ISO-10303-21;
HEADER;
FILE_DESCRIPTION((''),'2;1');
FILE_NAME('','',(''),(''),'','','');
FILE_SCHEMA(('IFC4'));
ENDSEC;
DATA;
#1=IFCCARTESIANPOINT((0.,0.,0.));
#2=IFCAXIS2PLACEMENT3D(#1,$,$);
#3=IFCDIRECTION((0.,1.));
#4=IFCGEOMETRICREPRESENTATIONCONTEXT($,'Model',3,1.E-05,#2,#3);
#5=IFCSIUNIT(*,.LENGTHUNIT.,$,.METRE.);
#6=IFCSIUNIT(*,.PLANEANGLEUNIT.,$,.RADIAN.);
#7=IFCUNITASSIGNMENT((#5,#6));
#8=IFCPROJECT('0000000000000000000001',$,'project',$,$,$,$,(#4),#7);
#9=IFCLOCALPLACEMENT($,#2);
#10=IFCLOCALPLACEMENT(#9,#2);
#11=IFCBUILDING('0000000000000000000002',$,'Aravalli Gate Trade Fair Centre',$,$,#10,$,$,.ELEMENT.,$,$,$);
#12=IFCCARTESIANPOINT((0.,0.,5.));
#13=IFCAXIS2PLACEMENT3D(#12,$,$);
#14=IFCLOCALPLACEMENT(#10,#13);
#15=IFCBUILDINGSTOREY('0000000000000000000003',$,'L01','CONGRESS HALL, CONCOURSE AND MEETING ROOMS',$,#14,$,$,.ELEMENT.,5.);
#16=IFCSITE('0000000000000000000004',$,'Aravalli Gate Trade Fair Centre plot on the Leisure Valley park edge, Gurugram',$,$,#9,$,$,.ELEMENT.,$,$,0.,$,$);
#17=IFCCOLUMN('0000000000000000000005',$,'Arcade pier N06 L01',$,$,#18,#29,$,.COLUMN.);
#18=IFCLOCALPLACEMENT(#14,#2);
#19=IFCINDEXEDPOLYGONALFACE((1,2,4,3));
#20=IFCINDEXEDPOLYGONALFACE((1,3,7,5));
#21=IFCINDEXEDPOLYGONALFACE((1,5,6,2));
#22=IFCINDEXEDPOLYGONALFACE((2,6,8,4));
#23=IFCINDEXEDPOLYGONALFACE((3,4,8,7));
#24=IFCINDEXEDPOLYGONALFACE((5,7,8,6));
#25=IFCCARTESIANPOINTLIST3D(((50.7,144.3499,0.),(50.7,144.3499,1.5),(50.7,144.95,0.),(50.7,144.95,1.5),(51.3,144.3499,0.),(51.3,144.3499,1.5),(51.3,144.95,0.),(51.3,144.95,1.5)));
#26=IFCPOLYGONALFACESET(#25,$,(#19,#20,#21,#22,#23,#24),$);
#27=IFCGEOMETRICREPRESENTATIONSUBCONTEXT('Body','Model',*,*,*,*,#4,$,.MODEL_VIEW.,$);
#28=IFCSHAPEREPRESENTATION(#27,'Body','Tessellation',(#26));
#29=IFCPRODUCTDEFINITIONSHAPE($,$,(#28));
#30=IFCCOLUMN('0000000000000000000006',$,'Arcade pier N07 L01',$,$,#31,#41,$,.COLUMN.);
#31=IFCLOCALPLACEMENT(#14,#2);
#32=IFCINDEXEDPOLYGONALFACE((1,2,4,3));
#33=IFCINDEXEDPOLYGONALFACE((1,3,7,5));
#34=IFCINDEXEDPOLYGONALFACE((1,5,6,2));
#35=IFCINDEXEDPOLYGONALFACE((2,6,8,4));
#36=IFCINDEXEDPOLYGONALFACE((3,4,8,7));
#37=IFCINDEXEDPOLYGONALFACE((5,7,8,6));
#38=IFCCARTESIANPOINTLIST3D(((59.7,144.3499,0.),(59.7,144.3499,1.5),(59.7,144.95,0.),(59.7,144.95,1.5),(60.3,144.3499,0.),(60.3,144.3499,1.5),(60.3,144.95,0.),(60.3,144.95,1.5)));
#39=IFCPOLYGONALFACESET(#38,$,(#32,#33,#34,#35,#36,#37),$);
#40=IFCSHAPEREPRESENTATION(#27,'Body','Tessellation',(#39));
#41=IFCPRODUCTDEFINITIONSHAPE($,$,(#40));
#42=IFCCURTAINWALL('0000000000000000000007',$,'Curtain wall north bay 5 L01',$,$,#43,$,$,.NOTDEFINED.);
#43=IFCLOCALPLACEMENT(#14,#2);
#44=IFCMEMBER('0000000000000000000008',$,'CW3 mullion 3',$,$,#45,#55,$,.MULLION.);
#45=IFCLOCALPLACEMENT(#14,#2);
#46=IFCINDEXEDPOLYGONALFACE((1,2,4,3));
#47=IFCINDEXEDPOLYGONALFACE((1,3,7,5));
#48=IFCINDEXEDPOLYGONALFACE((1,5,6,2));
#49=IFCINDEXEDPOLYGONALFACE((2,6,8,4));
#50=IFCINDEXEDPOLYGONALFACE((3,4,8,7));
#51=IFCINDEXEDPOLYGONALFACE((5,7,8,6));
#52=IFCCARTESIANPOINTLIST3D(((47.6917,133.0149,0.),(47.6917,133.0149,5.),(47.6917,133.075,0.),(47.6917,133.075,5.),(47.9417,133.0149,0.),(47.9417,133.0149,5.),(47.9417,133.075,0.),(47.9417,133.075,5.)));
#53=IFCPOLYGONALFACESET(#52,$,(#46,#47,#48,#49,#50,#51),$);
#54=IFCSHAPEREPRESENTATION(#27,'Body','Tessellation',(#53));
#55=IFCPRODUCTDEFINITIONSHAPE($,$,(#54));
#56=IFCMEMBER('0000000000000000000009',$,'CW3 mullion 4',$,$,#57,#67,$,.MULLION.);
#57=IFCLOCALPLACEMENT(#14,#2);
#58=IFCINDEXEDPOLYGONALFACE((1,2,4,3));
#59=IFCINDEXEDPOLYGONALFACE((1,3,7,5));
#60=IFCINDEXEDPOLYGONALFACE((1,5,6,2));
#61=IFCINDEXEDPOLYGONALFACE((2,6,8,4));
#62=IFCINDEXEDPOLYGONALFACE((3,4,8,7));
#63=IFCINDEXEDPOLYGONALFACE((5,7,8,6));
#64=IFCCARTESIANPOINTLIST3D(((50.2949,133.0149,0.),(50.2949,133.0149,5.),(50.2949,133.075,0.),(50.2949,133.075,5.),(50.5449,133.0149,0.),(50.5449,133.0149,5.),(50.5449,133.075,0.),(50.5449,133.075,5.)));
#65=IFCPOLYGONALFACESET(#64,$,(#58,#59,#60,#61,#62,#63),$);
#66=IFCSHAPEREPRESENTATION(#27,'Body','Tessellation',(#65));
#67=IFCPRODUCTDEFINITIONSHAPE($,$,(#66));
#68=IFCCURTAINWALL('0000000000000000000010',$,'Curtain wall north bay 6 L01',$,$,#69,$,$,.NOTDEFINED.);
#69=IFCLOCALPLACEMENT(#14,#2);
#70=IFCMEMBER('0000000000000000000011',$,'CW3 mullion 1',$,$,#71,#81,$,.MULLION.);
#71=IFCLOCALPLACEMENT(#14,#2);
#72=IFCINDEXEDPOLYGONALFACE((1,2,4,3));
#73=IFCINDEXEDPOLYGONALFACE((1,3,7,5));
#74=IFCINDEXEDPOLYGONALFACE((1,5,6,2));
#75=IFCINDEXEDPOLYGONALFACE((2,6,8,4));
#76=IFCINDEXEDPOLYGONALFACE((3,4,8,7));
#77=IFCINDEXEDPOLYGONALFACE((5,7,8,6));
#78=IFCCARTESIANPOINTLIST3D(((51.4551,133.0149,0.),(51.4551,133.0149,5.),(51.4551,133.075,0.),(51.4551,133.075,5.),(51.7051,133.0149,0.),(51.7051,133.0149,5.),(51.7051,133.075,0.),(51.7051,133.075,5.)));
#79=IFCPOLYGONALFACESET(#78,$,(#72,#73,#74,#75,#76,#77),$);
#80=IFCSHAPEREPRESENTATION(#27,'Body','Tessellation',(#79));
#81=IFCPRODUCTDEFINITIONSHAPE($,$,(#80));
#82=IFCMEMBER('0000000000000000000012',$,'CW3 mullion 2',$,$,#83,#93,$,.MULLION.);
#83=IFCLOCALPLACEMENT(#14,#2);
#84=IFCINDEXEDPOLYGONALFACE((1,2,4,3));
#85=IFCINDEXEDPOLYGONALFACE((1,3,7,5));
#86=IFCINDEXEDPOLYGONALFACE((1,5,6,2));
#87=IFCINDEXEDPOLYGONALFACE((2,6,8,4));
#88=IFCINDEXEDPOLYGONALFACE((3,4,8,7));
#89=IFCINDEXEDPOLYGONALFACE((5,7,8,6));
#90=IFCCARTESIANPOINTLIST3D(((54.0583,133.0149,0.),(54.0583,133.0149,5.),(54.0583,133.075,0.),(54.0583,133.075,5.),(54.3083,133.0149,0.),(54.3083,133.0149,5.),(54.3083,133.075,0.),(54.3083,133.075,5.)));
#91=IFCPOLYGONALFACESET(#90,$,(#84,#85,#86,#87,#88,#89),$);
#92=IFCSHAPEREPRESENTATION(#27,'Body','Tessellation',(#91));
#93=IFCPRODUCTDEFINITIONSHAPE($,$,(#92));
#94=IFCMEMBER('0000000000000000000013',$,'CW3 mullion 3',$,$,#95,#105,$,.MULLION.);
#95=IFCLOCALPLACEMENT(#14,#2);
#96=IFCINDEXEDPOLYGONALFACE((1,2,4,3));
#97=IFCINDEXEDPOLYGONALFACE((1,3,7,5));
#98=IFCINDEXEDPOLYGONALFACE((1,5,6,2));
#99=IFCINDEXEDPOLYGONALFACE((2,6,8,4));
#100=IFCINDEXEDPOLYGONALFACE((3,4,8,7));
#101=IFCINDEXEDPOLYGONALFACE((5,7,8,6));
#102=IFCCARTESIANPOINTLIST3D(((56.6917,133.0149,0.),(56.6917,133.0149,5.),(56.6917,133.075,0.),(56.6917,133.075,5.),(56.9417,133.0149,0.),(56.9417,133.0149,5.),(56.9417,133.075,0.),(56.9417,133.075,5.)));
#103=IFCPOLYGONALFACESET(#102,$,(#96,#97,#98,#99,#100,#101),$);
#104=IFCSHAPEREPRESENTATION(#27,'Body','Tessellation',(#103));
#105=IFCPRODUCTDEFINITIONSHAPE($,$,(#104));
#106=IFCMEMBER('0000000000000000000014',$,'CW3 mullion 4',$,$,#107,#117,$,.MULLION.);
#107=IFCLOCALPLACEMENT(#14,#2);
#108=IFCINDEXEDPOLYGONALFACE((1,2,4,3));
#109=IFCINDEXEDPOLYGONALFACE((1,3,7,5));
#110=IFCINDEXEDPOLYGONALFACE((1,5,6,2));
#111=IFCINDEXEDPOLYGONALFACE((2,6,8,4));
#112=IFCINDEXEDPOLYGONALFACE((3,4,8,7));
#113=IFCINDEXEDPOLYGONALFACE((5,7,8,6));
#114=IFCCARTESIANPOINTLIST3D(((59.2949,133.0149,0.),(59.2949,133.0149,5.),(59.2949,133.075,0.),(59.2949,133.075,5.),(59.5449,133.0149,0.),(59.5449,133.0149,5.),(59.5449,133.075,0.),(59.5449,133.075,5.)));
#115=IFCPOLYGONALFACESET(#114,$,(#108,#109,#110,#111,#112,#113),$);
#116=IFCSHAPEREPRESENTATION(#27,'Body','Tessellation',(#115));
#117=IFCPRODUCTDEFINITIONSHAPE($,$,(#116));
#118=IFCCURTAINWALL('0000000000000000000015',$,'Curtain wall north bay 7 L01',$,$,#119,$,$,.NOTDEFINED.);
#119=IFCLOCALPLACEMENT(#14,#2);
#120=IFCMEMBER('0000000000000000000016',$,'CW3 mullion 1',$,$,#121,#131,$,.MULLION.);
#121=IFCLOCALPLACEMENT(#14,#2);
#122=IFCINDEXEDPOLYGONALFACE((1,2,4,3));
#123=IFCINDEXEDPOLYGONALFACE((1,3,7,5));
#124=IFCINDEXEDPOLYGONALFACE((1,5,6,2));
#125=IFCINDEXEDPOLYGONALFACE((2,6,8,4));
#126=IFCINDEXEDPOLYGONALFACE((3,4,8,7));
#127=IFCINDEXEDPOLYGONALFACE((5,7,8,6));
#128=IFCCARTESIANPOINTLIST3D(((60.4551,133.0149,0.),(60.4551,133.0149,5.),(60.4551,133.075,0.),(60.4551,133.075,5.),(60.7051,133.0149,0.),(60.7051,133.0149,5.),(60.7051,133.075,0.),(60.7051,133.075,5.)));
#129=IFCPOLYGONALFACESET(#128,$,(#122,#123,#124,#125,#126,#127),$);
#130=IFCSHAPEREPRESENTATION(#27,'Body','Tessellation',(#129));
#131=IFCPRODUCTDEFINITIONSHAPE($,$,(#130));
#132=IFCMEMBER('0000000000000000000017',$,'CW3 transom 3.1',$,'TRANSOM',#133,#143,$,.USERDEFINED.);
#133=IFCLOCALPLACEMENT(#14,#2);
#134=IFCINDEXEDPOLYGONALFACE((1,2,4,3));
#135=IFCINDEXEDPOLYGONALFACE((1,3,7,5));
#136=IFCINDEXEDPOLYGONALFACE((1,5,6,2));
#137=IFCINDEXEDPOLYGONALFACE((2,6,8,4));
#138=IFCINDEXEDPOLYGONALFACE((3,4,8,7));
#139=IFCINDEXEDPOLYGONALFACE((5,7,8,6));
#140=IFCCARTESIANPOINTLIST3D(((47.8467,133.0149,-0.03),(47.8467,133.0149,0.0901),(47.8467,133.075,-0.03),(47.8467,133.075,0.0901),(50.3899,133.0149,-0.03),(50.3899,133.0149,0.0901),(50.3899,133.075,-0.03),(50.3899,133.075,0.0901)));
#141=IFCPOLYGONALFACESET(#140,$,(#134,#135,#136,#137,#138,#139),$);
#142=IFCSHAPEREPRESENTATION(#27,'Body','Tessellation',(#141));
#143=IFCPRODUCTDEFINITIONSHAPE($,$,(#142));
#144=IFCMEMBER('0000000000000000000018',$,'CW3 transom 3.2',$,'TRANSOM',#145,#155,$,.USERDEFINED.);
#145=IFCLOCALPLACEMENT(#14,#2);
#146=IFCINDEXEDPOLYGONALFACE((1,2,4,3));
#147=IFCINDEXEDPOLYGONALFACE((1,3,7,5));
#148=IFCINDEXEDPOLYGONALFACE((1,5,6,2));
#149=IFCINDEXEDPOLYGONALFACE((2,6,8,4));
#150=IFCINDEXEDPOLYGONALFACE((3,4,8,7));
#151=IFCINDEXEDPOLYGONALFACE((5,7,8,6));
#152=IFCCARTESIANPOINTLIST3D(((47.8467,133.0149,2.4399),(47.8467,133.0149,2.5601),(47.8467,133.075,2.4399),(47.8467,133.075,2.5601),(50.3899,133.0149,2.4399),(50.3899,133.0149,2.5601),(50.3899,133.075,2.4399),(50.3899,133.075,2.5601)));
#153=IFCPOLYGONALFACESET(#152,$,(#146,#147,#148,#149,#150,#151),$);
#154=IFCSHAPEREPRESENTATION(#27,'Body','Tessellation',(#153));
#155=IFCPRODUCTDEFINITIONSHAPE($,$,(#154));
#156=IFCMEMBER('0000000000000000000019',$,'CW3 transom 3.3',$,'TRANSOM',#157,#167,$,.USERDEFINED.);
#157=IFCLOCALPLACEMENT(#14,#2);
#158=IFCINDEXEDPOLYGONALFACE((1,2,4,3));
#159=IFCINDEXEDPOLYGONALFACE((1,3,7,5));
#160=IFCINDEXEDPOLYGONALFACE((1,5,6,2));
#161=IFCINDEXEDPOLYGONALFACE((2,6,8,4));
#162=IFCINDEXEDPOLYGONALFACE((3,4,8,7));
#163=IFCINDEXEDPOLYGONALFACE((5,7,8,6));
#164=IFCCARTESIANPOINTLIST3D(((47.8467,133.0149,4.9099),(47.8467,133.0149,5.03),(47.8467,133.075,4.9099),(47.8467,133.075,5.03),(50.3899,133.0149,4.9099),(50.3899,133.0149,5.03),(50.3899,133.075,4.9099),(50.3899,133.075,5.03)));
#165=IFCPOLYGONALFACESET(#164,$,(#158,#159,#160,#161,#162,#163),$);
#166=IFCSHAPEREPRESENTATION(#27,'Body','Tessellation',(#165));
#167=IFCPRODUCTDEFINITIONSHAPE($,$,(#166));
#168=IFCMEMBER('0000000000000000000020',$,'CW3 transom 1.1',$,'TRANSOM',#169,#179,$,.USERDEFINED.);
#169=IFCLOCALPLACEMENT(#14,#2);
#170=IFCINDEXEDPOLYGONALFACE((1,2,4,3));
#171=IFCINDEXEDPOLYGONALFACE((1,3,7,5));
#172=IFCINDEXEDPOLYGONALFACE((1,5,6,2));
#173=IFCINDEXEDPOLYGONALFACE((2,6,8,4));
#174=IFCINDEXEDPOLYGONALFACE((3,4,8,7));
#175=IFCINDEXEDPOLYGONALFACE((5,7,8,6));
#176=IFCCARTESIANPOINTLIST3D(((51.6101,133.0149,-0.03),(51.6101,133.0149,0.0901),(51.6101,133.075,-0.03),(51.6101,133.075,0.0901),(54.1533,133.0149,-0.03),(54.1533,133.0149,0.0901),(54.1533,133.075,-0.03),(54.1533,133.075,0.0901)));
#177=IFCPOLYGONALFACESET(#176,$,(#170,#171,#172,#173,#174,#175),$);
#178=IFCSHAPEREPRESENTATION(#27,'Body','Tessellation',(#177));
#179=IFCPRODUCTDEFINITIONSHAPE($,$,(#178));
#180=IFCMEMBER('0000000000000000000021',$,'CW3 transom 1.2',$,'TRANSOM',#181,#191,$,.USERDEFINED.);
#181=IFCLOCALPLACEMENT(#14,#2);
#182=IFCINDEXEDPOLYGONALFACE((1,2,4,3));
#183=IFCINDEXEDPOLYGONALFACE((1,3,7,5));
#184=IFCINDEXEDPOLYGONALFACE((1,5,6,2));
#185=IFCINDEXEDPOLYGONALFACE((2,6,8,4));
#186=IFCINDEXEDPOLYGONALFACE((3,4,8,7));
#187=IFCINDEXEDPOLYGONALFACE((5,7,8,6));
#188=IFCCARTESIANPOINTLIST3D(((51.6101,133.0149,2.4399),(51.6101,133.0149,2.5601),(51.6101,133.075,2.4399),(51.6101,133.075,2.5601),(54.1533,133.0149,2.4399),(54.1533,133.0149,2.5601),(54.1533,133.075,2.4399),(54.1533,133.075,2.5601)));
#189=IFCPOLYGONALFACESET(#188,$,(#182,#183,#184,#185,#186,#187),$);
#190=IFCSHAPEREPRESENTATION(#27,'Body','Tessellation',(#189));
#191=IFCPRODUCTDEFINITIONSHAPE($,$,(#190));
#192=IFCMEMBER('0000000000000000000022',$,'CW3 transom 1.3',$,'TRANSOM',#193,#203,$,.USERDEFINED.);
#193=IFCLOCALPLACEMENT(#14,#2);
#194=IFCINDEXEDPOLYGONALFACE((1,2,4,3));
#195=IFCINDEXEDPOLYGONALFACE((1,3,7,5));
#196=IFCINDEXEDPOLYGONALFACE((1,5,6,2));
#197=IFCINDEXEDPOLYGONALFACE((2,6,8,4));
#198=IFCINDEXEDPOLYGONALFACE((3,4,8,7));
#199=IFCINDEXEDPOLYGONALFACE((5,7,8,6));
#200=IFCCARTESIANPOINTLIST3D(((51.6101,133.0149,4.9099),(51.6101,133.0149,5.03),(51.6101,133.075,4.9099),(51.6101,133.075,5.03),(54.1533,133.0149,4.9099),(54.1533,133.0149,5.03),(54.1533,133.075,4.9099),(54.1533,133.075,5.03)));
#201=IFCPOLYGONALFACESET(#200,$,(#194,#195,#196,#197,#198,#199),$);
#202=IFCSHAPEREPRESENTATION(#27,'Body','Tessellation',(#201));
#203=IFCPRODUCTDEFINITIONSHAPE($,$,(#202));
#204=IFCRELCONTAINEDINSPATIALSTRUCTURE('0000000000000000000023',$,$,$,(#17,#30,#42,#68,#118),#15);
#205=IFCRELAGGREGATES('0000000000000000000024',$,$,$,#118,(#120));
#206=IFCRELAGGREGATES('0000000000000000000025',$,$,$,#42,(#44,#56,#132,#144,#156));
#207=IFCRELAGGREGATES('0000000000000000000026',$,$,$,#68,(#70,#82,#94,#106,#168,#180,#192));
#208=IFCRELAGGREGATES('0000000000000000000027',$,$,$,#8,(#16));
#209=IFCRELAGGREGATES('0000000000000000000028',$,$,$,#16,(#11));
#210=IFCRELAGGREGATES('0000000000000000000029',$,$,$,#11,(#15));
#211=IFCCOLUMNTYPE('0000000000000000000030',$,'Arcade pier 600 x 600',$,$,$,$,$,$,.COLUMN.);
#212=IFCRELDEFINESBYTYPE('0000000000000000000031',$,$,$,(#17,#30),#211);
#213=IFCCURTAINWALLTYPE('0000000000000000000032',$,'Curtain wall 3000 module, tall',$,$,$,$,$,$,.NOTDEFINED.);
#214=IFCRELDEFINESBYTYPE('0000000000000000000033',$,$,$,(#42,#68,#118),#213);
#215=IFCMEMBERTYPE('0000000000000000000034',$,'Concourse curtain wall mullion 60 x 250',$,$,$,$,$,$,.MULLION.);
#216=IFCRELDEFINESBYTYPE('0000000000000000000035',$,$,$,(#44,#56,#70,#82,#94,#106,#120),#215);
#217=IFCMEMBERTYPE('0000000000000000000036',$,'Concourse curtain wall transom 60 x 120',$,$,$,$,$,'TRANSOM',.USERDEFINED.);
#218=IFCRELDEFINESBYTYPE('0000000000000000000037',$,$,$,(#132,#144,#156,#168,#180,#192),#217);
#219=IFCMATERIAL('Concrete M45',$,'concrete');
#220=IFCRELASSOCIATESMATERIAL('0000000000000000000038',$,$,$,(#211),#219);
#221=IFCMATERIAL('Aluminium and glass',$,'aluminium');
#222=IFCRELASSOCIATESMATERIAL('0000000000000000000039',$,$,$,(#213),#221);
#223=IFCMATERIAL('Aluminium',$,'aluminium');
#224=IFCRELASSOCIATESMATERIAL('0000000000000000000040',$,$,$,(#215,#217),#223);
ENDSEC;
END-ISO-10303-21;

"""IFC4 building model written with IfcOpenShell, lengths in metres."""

from ifc_helpers import new_model, si_unit, direction, frame, origin, origin_2d, place, context, subcontext, project, spatial, rectangle, extrude, material, material_profile, profile_set, type_object, element, aggregate, save


model = new_model("IFC4")

# Units and contexts
model_context = context("Model", 3, precision=1e-05, world=origin(), true_north=direction((0.0, 1.0)))
body_context = subcontext(model_context, "Body", "Model", "MODEL_VIEW")
ifc_project = project(units=[si_unit("LENGTHUNIT", "METRE"), si_unit("PLANEANGLEUNIT", "RADIAN")], contexts=[model_context])

# Site, building, storey
site_placement = place(None, origin())
site = spatial("IfcSite", under=ifc_project, at=site_placement, Name="Aravalli Gate Trade Fair Centre plot on the Leisure Valley park edge, Gurugram", CompositionType="ELEMENT", RefElevation=0.0)
building_placement = place(site_placement, origin())
building = spatial("IfcBuilding", under=site, at=building_placement, Name="Aravalli Gate Trade Fair Centre", CompositionType="ELEMENT")
storey_placement = place(building_placement, frame((0.0, 0.0, 5.0)))
storey = spatial("IfcBuildingStorey", under=building, at=storey_placement, Name="L01", Description="CONGRESS HALL, CONCOURSE AND MEETING ROOMS", CompositionType="ELEMENT", Elevation=5.0)

# Columns
ifc_material_1 = material(Name="Concrete M45", Category="concrete")
ifc_material_profile_1 = material_profile(ifc_material_1, rectangle(XDim=0.6001, YDim=0.6001, at=origin_2d()), Name="Arcade pier 600 x 600")
ifc_profile_set_1 = profile_set([ifc_material_profile_1], Name="Concrete M45")
column_type = type_object("IfcColumnType", Name="Arcade pier 600 x 600", PredefinedType="COLUMN", material=ifc_profile_set_1)
for number, where, z_axis, x_axis, name in (
    (1, (51.0, 144.6499, 0.0), (0.0, 0.0, 1.0), (1.0, 0.0, 0.0), "Arcade pier N06 L01"),
    (2, (60.0, 144.6499, 0.0), (0.0, 0.0, 1.0), (1.0, 0.0, 0.0), "Arcade pier N07 L01"),
):
    element("IfcColumn", number, at=place(storey_placement, frame(where, z_axis=z_axis, x_axis=x_axis)), inside=storey, type_object=column_type, Name=name, PredefinedType="COLUMN", context=body_context, shape_type="SweptSolid", body=[
        extrude(rectangle(XDim=0.6001, YDim=0.6001, at=origin_2d()), origin(), (0.0, 0.0, 1.0), 1.5),
    ])

# Curtain walls, members
ifc_material_2 = material(Name="Aluminium and glass", Category="aluminium")
curtain_wall_type = type_object("IfcCurtainWallType", Name="Curtain wall 3000 module, tall", PredefinedType="NOTDEFINED", material=ifc_material_2)
curtain_wall_1_placement = place(storey_placement, origin())
curtain_wall_1 = element("IfcCurtainWall", 3, at=curtain_wall_1_placement, inside=storey, type_object=curtain_wall_type, Name="Curtain wall north bay 5 L01", PredefinedType="NOTDEFINED")
ifc_material_3 = material(Name="Aluminium", Category="aluminium")
ifc_material_profile_2 = material_profile(ifc_material_3, rectangle(XDim=0.0601, YDim=0.25, at=origin_2d()), Name="Concourse curtain wall mullion 60 x 250")
ifc_profile_set_2 = profile_set([ifc_material_profile_2], Name="Aluminium")
member_type_1 = type_object("IfcMemberType", Name="Concourse curtain wall mullion 60 x 250", PredefinedType="MULLION", material=ifc_profile_set_2)
member_1_placement = place(storey_placement, frame((47.8167, 133.0449, 0.0), z_axis=(0.0, 0.0, 1.0), x_axis=(0.0, 1.0, 0.0)))
member_1 = element("IfcMember", 4, at=member_1_placement, type_object=member_type_1, Name="CW3 mullion 3", PredefinedType="MULLION", context=body_context, shape_type="SweptSolid", body=[
    extrude(rectangle(XDim=0.0601, YDim=0.25, at=origin_2d()), origin(), (0.0, 0.0, 1.0), 5.0),
])
member_2_placement = place(storey_placement, frame((50.4199, 133.0449, 0.0), z_axis=(0.0, 0.0, 1.0), x_axis=(0.0, 1.0, 0.0)))
member_2 = element("IfcMember", 5, at=member_2_placement, type_object=member_type_1, Name="CW3 mullion 4", PredefinedType="MULLION", context=body_context, shape_type="SweptSolid", body=[
    extrude(rectangle(XDim=0.0601, YDim=0.25, at=origin_2d()), origin(), (0.0, 0.0, 1.0), 5.0),
])
curtain_wall_2_placement = place(storey_placement, origin())
curtain_wall_2 = element("IfcCurtainWall", 6, at=curtain_wall_2_placement, inside=storey, type_object=curtain_wall_type, Name="Curtain wall north bay 6 L01", PredefinedType="NOTDEFINED")
member_3_placement = place(storey_placement, frame((51.5801, 133.0449, 0.0), z_axis=(0.0, 0.0, 1.0), x_axis=(0.0, 1.0, 0.0)))
member_3 = element("IfcMember", 7, at=member_3_placement, type_object=member_type_1, Name="CW3 mullion 1", PredefinedType="MULLION", context=body_context, shape_type="SweptSolid", body=[
    extrude(rectangle(XDim=0.0601, YDim=0.25, at=origin_2d()), origin(), (0.0, 0.0, 1.0), 5.0),
])
member_4_placement = place(storey_placement, frame((54.1833, 133.0449, 0.0), z_axis=(0.0, 0.0, 1.0), x_axis=(0.0, 1.0, 0.0)))
member_4 = element("IfcMember", 8, at=member_4_placement, type_object=member_type_1, Name="CW3 mullion 2", PredefinedType="MULLION", context=body_context, shape_type="SweptSolid", body=[
    extrude(rectangle(XDim=0.0601, YDim=0.25, at=origin_2d()), origin(), (0.0, 0.0, 1.0), 5.0),
])
member_5_placement = place(storey_placement, frame((56.8167, 133.0449, 0.0), z_axis=(0.0, 0.0, 1.0), x_axis=(0.0, 1.0, 0.0)))
member_5 = element("IfcMember", 9, at=member_5_placement, type_object=member_type_1, Name="CW3 mullion 3", PredefinedType="MULLION", context=body_context, shape_type="SweptSolid", body=[
    extrude(rectangle(XDim=0.0601, YDim=0.25, at=origin_2d()), origin(), (0.0, 0.0, 1.0), 5.0),
])
member_6_placement = place(storey_placement, frame((59.4199, 133.0449, 0.0), z_axis=(0.0, 0.0, 1.0), x_axis=(0.0, 1.0, 0.0)))
member_6 = element("IfcMember", 10, at=member_6_placement, type_object=member_type_1, Name="CW3 mullion 4", PredefinedType="MULLION", context=body_context, shape_type="SweptSolid", body=[
    extrude(rectangle(XDim=0.0601, YDim=0.25, at=origin_2d()), origin(), (0.0, 0.0, 1.0), 5.0),
])

# Curtain wall, member
curtain_wall_3_placement = place(storey_placement, origin())
curtain_wall_3 = element("IfcCurtainWall", 11, at=curtain_wall_3_placement, inside=storey, type_object=curtain_wall_type, Name="Curtain wall north bay 7 L01", PredefinedType="NOTDEFINED")
member_7_placement = place(storey_placement, frame((60.5801, 133.0449, 0.0), z_axis=(0.0, 0.0, 1.0), x_axis=(0.0, 1.0, 0.0)))
member_7 = element("IfcMember", 12, at=member_7_placement, type_object=member_type_1, Name="CW3 mullion 1", PredefinedType="MULLION", context=body_context, shape_type="SweptSolid", body=[
    extrude(rectangle(XDim=0.0601, YDim=0.25, at=origin_2d()), origin(), (0.0, 0.0, 1.0), 5.0),
])
aggregate(curtain_wall_3, [member_7])

# Members
ifc_material_profile_3 = material_profile(ifc_material_3, rectangle(XDim=0.0601, YDim=0.1201, at=origin_2d()), Name="Concourse curtain wall transom 60 x 120")
ifc_profile_set_3 = profile_set([ifc_material_profile_3], Name="Aluminium")
member_type_2 = type_object("IfcMemberType", Name="Concourse curtain wall transom 60 x 120", ElementType="TRANSOM", PredefinedType="USERDEFINED", material=ifc_profile_set_3)
member_8_placement = place(storey_placement, frame((47.8467, 133.0449, 0.03), z_axis=(1.0, 0.0, 0.0), x_axis=(0.0, 1.0, 0.0)))
member_8 = element("IfcMember", 13, at=member_8_placement, type_object=member_type_2, Name="CW3 transom 3.1", ObjectType="TRANSOM", PredefinedType="USERDEFINED", context=body_context, shape_type="SweptSolid", body=[
    extrude(rectangle(XDim=0.0601, YDim=0.1201, at=origin_2d()), origin(), (0.0, 0.0, 1.0), 2.5432),
])
member_9_placement = place(storey_placement, frame((47.8467, 133.0449, 2.5), z_axis=(1.0, 0.0, 0.0), x_axis=(0.0, 1.0, 0.0)))
member_9 = element("IfcMember", 14, at=member_9_placement, type_object=member_type_2, Name="CW3 transom 3.2", ObjectType="TRANSOM", PredefinedType="USERDEFINED", context=body_context, shape_type="SweptSolid", body=[
    extrude(rectangle(XDim=0.0601, YDim=0.1201, at=origin_2d()), origin(), (0.0, 0.0, 1.0), 2.5432),
])
member_10_placement = place(storey_placement, frame((47.8467, 133.0449, 4.97), z_axis=(1.0, 0.0, 0.0), x_axis=(0.0, 1.0, 0.0)))
member_10 = element("IfcMember", 15, at=member_10_placement, type_object=member_type_2, Name="CW3 transom 3.3", ObjectType="TRANSOM", PredefinedType="USERDEFINED", context=body_context, shape_type="SweptSolid", body=[
    extrude(rectangle(XDim=0.0601, YDim=0.1201, at=origin_2d()), origin(), (0.0, 0.0, 1.0), 2.5432),
])
member_11_placement = place(storey_placement, frame((51.6101, 133.0449, 0.03), z_axis=(1.0, 0.0, 0.0), x_axis=(0.0, 1.0, 0.0)))
member_11 = element("IfcMember", 16, at=member_11_placement, type_object=member_type_2, Name="CW3 transom 1.1", ObjectType="TRANSOM", PredefinedType="USERDEFINED", context=body_context, shape_type="SweptSolid", body=[
    extrude(rectangle(XDim=0.0601, YDim=0.1201, at=origin_2d()), origin(), (0.0, 0.0, 1.0), 2.5432),
])
member_12_placement = place(storey_placement, frame((51.6101, 133.0449, 2.5), z_axis=(1.0, 0.0, 0.0), x_axis=(0.0, 1.0, 0.0)))
member_12 = element("IfcMember", 17, at=member_12_placement, type_object=member_type_2, Name="CW3 transom 1.2", ObjectType="TRANSOM", PredefinedType="USERDEFINED", context=body_context, shape_type="SweptSolid", body=[
    extrude(rectangle(XDim=0.0601, YDim=0.1201, at=origin_2d()), origin(), (0.0, 0.0, 1.0), 2.5432),
])
member_13_placement = place(storey_placement, frame((51.6101, 133.0449, 4.97), z_axis=(1.0, 0.0, 0.0), x_axis=(0.0, 1.0, 0.0)))
member_13 = element("IfcMember", 18, at=member_13_placement, type_object=member_type_2, Name="CW3 transom 1.3", ObjectType="TRANSOM", PredefinedType="USERDEFINED", context=body_context, shape_type="SweptSolid", body=[
    extrude(rectangle(XDim=0.0601, YDim=0.1201, at=origin_2d()), origin(), (0.0, 0.0, 1.0), 2.5432),
])

aggregate(curtain_wall_1, [member_1, member_2, member_8, member_9, member_10])
aggregate(curtain_wall_2, [member_3, member_4, member_5, member_6, member_11, member_12, member_13])

save(model, "model.ifc")
